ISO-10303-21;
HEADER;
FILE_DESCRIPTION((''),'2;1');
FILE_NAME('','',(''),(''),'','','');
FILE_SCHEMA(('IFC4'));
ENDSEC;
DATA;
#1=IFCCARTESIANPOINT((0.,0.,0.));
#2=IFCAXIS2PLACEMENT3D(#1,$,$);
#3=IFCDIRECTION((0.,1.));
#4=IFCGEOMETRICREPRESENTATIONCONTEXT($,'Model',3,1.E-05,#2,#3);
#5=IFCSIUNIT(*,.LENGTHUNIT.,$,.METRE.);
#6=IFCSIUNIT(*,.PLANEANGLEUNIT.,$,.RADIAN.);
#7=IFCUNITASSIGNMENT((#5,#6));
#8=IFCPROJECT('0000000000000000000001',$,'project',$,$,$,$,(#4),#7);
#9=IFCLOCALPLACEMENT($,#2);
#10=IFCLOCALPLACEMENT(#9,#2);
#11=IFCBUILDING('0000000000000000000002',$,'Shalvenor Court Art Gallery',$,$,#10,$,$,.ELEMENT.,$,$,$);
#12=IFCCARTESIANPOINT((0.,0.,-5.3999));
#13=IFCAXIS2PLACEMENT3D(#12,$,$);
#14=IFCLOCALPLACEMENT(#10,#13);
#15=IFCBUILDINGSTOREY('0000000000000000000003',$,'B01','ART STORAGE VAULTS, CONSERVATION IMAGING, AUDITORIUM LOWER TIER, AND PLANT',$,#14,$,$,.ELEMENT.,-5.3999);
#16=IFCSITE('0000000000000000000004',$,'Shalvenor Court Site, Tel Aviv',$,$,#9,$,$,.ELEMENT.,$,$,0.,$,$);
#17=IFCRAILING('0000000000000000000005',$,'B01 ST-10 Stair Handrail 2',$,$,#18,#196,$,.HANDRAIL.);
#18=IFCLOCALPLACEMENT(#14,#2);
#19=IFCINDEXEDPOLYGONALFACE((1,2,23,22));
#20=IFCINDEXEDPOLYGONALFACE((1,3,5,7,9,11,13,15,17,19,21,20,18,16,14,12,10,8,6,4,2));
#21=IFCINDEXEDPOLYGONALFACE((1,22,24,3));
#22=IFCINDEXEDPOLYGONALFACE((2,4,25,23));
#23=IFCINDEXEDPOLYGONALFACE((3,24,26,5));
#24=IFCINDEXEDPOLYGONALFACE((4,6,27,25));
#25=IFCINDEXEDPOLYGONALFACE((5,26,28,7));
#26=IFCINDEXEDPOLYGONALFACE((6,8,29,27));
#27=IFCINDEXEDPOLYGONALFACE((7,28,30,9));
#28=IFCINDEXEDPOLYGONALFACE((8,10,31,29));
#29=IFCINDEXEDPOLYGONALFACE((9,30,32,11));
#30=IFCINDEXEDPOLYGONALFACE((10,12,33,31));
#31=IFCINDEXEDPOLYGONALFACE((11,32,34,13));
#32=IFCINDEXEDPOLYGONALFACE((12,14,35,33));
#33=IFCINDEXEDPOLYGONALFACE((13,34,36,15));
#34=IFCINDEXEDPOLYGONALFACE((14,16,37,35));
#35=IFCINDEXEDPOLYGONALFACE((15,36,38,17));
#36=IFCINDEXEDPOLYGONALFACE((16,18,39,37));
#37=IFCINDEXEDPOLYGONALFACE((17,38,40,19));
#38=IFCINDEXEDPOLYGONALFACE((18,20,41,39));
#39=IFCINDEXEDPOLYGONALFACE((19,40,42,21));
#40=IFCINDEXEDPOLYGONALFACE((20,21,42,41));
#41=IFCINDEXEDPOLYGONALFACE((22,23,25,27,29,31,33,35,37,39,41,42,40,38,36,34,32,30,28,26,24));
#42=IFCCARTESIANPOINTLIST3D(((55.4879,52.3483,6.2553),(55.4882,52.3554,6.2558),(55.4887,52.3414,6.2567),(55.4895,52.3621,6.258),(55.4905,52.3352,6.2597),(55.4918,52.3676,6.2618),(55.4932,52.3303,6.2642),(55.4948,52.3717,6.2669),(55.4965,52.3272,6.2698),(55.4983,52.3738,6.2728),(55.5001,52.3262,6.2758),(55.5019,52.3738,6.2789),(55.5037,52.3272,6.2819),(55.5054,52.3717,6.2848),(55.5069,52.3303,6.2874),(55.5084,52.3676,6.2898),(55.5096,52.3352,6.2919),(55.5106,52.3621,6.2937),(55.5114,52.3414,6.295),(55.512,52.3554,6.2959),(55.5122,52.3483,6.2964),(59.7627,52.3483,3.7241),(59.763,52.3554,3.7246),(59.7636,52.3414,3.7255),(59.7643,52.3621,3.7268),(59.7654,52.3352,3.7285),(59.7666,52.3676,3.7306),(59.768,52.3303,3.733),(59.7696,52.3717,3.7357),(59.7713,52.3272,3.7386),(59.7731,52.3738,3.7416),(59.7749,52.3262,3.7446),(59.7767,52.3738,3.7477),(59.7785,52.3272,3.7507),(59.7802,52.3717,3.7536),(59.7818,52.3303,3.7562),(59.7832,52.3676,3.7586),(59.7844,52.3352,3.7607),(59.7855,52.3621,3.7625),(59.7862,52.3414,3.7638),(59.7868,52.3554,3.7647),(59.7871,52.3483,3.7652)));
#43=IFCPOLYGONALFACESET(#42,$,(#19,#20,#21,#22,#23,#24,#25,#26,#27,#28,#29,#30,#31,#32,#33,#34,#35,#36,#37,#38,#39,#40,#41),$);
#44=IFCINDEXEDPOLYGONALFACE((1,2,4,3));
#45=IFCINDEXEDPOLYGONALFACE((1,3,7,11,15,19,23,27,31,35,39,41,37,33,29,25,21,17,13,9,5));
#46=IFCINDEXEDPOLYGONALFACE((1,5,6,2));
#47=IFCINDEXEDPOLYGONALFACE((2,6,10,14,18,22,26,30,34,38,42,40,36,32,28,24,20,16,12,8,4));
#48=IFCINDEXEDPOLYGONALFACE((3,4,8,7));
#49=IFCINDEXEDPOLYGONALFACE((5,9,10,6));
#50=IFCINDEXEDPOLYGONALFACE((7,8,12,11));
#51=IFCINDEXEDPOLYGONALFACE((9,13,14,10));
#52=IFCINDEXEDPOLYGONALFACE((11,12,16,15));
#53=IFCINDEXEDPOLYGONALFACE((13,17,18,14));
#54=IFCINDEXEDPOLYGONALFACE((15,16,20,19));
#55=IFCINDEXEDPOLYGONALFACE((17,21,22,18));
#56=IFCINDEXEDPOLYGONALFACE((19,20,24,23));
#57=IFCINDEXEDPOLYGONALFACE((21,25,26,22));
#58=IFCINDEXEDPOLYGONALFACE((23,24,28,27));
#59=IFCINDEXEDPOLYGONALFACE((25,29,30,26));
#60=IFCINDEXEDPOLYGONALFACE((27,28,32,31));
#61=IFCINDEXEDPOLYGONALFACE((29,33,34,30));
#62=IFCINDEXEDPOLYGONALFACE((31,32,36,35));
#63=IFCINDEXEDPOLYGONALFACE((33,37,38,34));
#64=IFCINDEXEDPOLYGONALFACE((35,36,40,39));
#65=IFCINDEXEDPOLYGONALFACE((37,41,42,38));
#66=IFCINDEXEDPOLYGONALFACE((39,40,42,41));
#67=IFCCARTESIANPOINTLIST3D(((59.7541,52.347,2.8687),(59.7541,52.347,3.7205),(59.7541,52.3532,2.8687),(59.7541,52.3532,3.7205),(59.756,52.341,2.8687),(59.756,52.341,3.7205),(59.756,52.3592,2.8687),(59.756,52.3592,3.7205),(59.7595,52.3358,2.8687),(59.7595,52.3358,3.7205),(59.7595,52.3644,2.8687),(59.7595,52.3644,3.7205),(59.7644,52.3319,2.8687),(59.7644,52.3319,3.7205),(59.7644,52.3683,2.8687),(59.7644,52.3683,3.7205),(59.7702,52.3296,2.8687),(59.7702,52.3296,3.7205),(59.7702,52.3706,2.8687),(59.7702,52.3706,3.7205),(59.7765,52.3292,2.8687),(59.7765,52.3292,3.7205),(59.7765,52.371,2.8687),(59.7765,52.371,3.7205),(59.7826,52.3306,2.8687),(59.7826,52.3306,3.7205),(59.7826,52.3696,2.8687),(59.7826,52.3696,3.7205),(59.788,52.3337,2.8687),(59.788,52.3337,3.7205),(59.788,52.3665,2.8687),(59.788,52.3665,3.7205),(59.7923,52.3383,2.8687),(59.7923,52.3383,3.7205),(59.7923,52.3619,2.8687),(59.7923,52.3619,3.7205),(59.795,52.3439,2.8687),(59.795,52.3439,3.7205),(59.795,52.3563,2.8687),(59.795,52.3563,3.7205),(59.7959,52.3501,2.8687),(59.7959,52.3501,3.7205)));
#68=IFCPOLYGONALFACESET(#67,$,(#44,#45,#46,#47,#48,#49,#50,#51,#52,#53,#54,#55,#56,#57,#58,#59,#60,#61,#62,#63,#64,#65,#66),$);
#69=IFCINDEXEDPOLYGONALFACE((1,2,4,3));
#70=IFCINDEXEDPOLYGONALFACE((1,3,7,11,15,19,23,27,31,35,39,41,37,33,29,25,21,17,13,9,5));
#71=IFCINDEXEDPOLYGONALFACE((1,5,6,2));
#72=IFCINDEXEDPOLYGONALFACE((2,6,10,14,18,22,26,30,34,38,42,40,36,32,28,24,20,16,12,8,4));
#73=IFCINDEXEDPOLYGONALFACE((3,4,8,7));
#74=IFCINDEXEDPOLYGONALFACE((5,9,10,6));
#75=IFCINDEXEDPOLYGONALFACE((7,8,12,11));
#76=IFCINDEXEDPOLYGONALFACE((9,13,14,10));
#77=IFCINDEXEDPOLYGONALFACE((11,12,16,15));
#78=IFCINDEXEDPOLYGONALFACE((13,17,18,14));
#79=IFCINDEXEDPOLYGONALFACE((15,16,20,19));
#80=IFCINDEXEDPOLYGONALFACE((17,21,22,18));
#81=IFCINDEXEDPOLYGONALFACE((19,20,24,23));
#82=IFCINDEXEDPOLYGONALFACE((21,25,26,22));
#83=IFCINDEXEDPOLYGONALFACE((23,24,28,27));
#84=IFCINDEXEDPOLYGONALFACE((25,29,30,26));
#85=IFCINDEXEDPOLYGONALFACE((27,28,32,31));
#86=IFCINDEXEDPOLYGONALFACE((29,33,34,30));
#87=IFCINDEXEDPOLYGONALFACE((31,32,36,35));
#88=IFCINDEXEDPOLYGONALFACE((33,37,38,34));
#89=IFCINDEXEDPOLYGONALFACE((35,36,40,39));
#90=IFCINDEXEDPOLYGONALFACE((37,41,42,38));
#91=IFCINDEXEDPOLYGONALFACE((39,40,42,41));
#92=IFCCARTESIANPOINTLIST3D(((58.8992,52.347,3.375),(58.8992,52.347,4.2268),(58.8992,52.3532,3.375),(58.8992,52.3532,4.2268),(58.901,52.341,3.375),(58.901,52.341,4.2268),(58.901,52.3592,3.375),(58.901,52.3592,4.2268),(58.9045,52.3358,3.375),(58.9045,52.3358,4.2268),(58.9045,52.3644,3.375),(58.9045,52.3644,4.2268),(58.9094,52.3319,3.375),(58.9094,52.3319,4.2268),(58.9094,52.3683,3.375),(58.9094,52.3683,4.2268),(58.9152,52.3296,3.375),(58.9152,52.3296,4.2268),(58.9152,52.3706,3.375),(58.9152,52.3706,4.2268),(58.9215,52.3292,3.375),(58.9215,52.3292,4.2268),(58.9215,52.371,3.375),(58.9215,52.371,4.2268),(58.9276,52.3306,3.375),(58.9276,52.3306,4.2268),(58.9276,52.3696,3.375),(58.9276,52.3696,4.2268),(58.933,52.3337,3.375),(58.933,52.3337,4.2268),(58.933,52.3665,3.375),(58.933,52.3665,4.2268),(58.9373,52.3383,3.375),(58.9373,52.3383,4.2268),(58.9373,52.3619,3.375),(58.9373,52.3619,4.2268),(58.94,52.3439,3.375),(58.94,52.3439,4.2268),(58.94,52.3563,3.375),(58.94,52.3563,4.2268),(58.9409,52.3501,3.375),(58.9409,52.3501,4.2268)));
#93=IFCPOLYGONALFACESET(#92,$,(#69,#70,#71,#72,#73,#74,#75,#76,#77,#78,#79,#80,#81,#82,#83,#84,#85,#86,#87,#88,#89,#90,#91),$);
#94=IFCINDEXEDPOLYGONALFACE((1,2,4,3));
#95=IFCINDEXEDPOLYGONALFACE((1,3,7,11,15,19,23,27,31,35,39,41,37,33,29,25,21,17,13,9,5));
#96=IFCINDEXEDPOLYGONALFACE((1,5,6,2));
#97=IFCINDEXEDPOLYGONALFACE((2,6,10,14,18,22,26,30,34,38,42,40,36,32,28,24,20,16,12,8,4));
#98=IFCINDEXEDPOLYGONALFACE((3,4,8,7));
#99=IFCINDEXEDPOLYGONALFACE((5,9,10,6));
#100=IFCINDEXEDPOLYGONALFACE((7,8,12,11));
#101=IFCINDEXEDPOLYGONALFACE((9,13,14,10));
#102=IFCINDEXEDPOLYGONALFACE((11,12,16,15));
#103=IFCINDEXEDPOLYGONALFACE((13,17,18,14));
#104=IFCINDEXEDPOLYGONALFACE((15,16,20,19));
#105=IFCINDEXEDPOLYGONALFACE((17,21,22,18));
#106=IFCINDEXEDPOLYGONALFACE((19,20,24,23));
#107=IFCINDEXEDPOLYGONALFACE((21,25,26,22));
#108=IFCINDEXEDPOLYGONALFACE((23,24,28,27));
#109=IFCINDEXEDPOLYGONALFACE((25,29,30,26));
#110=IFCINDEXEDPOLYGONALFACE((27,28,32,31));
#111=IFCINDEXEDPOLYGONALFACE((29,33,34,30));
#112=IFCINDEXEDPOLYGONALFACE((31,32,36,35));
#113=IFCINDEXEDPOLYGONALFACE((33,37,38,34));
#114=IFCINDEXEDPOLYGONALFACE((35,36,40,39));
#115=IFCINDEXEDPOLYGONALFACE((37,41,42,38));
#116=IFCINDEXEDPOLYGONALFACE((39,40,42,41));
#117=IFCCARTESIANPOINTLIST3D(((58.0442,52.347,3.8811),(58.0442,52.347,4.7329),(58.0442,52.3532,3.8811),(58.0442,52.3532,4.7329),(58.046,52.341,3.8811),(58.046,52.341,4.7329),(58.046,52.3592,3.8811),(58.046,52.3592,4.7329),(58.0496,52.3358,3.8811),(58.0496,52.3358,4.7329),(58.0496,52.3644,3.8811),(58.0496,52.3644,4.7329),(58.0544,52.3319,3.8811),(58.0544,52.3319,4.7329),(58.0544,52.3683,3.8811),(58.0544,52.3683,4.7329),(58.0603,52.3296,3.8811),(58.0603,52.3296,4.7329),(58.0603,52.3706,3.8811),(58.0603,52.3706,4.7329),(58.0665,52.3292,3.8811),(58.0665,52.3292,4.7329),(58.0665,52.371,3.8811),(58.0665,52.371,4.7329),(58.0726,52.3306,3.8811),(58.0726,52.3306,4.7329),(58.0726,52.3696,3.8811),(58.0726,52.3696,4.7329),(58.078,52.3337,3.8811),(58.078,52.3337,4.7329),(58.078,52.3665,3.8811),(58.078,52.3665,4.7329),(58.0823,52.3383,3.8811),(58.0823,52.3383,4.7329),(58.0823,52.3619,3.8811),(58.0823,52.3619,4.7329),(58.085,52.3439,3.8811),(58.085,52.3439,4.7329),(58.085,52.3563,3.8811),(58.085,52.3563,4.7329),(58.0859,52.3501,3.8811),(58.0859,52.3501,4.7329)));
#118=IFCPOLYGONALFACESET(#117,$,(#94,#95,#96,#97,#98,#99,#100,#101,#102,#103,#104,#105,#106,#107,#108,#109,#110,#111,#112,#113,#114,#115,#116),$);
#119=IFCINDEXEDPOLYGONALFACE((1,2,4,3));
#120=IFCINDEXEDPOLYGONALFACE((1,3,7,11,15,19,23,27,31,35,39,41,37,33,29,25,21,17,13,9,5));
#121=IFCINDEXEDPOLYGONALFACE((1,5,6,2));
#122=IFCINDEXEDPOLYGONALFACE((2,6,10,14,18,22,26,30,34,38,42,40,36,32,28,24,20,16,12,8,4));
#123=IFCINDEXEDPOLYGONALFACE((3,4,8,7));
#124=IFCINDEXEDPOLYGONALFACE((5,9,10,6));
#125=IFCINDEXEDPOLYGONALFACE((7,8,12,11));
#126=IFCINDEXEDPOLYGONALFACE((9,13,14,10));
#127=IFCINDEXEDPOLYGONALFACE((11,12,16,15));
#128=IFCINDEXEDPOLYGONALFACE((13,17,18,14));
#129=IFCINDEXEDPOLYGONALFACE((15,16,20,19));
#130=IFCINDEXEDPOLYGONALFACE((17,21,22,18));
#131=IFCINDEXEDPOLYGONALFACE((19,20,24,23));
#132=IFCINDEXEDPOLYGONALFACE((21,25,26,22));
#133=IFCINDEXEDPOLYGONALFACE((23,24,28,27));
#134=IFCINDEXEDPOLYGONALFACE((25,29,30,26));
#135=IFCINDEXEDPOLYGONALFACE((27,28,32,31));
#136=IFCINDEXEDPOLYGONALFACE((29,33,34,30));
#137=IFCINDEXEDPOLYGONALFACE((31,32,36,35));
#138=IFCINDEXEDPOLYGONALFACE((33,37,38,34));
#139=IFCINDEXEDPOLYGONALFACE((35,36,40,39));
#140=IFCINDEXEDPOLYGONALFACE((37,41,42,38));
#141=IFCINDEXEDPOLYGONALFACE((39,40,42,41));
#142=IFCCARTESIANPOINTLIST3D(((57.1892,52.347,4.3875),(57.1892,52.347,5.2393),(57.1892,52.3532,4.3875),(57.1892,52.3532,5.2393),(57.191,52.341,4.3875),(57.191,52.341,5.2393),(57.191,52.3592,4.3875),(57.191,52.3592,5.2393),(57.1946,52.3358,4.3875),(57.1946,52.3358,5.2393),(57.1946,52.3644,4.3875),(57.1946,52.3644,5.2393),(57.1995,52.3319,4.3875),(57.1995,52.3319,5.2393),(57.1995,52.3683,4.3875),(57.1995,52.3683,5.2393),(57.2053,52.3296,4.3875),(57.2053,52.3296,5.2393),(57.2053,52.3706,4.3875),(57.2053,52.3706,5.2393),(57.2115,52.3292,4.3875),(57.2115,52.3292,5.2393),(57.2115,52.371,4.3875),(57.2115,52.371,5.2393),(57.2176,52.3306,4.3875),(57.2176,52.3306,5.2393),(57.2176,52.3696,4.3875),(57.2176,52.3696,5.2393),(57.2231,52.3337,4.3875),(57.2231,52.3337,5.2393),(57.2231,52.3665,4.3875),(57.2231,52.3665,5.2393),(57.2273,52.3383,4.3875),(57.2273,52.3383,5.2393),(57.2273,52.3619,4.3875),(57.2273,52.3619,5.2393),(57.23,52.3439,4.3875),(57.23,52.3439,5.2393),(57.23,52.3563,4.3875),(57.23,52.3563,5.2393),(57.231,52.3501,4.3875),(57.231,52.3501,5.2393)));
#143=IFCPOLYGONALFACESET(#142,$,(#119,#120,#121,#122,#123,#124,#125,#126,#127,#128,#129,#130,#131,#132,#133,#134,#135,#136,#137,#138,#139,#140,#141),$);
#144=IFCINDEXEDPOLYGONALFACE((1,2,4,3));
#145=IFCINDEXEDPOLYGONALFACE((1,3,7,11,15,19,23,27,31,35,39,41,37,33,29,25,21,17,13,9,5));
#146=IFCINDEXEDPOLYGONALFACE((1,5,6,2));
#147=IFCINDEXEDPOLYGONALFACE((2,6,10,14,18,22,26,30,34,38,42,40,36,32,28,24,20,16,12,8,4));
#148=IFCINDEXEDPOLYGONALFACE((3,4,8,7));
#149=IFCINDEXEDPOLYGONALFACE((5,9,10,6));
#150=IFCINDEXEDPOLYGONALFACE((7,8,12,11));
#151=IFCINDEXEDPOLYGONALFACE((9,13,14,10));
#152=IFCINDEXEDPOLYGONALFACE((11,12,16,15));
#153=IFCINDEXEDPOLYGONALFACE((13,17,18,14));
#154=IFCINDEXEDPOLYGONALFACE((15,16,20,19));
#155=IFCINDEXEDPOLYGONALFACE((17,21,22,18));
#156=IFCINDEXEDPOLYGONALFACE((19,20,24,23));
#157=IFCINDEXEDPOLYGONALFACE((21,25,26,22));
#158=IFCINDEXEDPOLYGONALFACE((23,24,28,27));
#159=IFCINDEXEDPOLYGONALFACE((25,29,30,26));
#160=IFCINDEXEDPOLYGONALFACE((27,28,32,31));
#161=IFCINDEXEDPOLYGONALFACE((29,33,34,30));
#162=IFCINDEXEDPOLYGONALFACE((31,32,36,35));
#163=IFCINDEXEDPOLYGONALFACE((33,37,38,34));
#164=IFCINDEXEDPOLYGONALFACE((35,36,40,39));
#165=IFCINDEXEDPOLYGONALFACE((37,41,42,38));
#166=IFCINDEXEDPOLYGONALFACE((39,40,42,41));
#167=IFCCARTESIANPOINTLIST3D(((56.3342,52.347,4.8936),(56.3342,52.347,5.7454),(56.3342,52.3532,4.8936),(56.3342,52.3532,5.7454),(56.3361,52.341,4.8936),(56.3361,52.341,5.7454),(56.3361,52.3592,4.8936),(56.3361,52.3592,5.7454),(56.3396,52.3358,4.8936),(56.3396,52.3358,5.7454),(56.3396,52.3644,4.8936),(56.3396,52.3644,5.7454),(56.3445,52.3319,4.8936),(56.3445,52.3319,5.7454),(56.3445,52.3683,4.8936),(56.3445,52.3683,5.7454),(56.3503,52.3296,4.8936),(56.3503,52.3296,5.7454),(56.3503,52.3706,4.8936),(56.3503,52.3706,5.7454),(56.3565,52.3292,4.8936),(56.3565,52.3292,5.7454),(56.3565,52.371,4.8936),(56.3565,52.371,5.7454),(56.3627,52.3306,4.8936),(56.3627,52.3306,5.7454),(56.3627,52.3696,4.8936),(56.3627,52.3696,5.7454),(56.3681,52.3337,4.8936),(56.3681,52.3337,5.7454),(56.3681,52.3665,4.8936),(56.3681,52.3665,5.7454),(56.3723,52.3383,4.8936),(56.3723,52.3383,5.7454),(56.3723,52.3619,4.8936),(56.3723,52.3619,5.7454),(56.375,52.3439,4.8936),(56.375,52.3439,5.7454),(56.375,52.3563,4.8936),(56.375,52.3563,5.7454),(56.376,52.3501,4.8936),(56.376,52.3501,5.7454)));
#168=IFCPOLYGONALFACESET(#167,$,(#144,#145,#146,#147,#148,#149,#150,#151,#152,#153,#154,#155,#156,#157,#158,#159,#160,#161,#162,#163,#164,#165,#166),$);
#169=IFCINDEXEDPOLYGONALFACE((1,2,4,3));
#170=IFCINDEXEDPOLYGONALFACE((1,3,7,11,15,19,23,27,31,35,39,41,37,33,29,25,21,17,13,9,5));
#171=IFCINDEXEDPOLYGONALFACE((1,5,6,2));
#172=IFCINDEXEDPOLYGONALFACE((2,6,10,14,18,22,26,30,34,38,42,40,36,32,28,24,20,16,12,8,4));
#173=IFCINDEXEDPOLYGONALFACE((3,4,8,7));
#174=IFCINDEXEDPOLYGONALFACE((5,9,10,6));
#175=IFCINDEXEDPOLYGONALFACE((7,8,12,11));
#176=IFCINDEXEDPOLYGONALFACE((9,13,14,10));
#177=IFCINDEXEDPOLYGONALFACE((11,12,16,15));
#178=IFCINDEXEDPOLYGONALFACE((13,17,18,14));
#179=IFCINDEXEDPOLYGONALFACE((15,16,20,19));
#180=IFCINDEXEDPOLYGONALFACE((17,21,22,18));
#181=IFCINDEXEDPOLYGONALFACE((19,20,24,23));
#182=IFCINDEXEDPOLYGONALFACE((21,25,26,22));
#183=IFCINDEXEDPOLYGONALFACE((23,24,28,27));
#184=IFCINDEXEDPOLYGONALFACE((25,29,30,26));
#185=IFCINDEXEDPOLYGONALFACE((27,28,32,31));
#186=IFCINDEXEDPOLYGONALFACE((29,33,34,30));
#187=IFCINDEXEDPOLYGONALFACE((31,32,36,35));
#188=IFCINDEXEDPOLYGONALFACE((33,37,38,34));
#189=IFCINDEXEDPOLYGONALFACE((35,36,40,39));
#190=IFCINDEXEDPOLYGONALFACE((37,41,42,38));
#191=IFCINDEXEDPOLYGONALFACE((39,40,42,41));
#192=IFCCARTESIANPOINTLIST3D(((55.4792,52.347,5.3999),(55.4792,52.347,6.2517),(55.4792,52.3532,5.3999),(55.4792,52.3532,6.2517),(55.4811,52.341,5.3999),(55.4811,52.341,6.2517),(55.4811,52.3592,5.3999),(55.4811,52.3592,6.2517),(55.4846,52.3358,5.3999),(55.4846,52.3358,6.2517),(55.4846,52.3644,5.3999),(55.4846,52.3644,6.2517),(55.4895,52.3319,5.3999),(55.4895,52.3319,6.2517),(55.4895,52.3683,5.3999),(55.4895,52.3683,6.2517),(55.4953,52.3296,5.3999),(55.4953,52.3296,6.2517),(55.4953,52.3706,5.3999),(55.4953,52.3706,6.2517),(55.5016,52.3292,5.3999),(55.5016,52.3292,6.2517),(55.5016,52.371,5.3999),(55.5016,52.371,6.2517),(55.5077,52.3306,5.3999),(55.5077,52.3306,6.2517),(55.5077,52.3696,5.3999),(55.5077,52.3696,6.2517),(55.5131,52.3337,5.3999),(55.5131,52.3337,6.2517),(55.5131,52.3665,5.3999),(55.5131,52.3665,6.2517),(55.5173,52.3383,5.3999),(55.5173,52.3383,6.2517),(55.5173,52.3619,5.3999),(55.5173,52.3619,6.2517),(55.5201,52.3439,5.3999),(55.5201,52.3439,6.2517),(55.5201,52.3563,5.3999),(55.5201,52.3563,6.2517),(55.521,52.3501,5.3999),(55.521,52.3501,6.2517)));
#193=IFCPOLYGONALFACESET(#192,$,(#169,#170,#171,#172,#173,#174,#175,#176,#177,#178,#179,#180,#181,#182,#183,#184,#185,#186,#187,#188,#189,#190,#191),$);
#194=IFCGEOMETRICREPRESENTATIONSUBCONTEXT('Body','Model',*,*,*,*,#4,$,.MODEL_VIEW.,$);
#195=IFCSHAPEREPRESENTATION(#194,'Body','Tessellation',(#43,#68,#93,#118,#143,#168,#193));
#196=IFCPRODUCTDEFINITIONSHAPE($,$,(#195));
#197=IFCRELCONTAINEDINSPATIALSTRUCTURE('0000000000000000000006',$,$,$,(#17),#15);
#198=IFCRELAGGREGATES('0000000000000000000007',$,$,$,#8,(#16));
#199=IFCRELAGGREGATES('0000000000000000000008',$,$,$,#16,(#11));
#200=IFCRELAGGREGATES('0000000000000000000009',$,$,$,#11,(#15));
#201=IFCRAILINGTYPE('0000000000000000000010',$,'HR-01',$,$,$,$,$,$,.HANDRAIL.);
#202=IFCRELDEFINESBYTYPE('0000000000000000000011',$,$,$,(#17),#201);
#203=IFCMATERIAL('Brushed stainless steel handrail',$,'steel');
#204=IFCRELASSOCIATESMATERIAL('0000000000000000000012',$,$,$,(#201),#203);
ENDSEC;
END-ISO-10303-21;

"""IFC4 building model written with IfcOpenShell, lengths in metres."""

from ifc_helpers import new_model, si_unit, direction, frame, origin, origin_2d, place, context, subcontext, project, spatial, circle, extrude, material, type_object, element, save


model = new_model("IFC4")

# Units and contexts
model_context = context("Model", 3, precision=1e-05, world=origin(), true_north=direction((0.0, 1.0)))
body_context = subcontext(model_context, "Body", "Model", "MODEL_VIEW")
ifc_project = project(units=[si_unit("LENGTHUNIT", "METRE"), si_unit("PLANEANGLEUNIT", "RADIAN")], contexts=[model_context])

# Site, building, storey
site_placement = place(None, origin())
site = spatial("IfcSite", under=ifc_project, at=site_placement, Name="Shalvenor Court Site, Tel Aviv", CompositionType="ELEMENT", RefElevation=0.0)
building_placement = place(site_placement, origin())
building = spatial("IfcBuilding", under=site, at=building_placement, Name="Shalvenor Court Art Gallery", CompositionType="ELEMENT")
storey_placement = place(building_placement, frame((0.0, 0.0, -5.3999)))
storey = spatial("IfcBuildingStorey", under=building, at=storey_placement, Name="B01", Description="ART STORAGE VAULTS, CONSERVATION IMAGING, AUDITORIUM LOWER TIER, AND PLANT", CompositionType="ELEMENT", Elevation=-5.3999)

# Railing
ifc_material_1 = material(Name="Brushed stainless steel handrail", Category="steel")
railing_type_1 = type_object("IfcRailingType", Name="HR-01", PredefinedType="HANDRAIL", material=ifc_material_1)
railing_1_placement = place(storey_placement, frame((59.7749, 52.3501, 2.8687)))
element("IfcRailing", 1, at=railing_1_placement, inside=storey, type_object=railing_type_1, Name="B01 ST-10 Stair Handrail 2", PredefinedType="HANDRAIL", context=body_context, shape_type="SweptSolid", body=[
    extrude(circle(Radius=0.0239, at=origin_2d()), frame((0.0, 0.0, 0.876), z_axis=(-0.86047, 0.0, 0.509501), x_axis=(0.0, -1.0, 0.0)), (0.0, 0.0, 1.0), 4.968),
    extrude(circle(Radius=0.021, at=origin_2d()), origin(), (0.0, 0.0, 1.0), 0.8518),
    extrude(circle(Radius=0.021, at=origin_2d()), frame((-0.855, 0.0, 0.5063)), (0.0, 0.0, 1.0), 0.8518),
    extrude(circle(Radius=0.021, at=origin_2d()), frame((-1.71, 0.0, 1.0125)), (0.0, 0.0, 1.0), 0.8518),
    extrude(circle(Radius=0.021, at=origin_2d()), frame((-2.5649, 0.0, 1.5188)), (0.0, 0.0, 1.0), 0.8518),
    extrude(circle(Radius=0.021, at=origin_2d()), frame((-3.4199, 0.0, 2.0249)), (0.0, 0.0, 1.0), 0.8518),
    extrude(circle(Radius=0.021, at=origin_2d()), frame((-4.2749, 0.0, 2.5312)), (0.0, 0.0, 1.0), 0.8518),
])

save(model, "model.ifc")
